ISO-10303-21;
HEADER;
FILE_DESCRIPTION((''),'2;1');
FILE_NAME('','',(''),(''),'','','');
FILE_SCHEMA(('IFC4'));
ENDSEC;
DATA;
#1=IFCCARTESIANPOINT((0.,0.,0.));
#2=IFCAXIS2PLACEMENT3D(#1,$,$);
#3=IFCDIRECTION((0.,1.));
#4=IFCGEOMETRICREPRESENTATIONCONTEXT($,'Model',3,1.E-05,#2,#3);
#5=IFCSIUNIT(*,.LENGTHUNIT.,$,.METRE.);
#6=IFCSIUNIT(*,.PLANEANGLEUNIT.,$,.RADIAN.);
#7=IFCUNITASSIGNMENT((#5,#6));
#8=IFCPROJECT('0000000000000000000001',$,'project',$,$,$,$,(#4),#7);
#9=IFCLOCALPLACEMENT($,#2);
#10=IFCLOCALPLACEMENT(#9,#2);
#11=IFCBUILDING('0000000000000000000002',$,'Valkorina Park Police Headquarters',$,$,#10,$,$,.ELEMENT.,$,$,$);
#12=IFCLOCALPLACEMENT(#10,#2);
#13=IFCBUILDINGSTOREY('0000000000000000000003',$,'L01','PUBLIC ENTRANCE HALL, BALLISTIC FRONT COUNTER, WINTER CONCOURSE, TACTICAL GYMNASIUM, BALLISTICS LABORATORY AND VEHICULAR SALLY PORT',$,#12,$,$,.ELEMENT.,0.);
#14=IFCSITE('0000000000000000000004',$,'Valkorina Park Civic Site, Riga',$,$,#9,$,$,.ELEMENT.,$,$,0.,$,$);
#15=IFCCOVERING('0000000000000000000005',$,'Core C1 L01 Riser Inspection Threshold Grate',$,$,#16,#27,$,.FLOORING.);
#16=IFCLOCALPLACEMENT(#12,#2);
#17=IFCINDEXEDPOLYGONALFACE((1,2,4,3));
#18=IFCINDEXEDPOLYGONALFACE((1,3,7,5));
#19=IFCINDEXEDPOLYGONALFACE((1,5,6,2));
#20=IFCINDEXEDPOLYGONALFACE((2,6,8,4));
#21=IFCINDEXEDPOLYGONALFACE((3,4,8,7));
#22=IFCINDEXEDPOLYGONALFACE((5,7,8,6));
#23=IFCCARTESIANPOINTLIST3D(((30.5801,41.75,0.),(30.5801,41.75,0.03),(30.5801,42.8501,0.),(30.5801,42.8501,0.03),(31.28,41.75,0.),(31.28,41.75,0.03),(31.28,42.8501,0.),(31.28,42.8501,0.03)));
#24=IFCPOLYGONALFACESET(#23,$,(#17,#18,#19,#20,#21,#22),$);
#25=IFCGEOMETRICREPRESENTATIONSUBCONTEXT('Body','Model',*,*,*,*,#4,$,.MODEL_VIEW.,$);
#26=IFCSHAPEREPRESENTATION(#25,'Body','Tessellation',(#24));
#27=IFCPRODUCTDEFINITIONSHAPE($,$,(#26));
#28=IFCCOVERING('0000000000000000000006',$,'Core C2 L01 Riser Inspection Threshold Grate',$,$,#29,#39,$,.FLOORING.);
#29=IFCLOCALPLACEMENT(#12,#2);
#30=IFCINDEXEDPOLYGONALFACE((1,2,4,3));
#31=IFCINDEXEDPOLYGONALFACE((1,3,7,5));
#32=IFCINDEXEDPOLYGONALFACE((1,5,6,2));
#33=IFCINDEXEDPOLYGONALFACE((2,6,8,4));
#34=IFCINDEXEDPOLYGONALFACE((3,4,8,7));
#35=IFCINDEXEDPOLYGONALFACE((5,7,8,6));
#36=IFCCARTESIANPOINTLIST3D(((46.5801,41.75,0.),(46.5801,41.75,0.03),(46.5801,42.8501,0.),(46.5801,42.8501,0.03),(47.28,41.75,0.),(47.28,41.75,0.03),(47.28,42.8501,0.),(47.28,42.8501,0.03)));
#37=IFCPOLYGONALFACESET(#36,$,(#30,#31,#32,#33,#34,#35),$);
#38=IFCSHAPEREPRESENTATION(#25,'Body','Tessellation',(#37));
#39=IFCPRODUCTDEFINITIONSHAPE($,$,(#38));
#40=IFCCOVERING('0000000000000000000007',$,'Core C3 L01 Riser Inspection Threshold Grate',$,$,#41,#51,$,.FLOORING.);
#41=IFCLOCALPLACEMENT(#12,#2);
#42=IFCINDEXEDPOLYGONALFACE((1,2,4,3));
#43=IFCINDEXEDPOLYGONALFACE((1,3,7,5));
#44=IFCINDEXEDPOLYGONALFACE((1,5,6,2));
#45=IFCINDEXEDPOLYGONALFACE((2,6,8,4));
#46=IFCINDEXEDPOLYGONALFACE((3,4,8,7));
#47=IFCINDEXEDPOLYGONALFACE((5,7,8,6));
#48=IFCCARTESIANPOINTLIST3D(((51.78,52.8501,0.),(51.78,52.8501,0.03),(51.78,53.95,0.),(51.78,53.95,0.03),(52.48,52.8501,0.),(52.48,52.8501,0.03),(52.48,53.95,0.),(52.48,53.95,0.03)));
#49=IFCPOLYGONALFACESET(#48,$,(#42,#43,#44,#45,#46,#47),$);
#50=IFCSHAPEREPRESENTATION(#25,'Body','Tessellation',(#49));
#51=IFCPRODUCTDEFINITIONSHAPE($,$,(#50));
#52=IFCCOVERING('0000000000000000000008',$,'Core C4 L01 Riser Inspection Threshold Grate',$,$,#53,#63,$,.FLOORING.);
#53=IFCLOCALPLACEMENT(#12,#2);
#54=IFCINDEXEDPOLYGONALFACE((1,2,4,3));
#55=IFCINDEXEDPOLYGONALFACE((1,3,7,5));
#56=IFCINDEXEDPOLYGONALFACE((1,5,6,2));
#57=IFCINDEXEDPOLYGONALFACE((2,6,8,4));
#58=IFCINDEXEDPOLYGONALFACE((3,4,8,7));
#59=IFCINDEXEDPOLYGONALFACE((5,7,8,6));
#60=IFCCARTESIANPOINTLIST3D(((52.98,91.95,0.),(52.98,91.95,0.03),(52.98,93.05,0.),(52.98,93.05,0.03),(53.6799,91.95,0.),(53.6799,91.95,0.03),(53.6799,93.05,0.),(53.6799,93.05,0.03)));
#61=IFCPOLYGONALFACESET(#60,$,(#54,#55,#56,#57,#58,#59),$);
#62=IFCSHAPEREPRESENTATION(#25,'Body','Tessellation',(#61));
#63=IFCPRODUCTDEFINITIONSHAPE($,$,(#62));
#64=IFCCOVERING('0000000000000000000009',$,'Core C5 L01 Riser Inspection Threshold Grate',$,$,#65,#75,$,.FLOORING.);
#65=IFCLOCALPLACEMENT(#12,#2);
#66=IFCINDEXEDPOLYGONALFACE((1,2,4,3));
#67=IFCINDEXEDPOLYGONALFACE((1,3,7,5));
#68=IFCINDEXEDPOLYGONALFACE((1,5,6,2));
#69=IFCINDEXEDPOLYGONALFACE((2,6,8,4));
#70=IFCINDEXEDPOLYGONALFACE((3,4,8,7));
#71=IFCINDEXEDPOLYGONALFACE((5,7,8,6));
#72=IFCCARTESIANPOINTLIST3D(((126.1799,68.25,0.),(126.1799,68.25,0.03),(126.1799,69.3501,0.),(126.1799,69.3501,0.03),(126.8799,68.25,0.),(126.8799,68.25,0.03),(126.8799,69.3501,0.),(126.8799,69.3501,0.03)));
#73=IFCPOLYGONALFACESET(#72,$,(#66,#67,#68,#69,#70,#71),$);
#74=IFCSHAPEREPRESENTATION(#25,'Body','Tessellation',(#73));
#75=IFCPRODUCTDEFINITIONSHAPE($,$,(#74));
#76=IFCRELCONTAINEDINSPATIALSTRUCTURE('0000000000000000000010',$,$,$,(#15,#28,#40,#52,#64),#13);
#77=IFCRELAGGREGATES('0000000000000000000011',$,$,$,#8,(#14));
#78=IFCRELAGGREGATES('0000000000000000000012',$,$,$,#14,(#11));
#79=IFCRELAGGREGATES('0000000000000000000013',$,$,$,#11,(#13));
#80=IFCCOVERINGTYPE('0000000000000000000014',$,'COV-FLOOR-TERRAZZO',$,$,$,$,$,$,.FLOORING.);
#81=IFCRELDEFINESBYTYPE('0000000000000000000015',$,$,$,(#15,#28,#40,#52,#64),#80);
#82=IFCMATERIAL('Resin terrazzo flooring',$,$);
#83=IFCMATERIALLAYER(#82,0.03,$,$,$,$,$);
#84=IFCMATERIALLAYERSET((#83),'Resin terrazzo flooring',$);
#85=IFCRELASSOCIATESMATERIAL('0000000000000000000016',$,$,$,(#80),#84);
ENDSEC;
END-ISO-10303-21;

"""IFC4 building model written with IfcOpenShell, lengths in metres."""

from ifc_helpers import new_model, si_unit, direction, origin, place, context, subcontext, project, spatial, polyline, outline, extrude, material, layer, layer_set, type_object, element, save


model = new_model("IFC4")

# Units and contexts
model_context = context("Model", 3, precision=1e-05, world=origin(), true_north=direction((0.0, 1.0)))
body_context = subcontext(model_context, "Body", "Model", "MODEL_VIEW")
ifc_project = project(units=[si_unit("LENGTHUNIT", "METRE"), si_unit("PLANEANGLEUNIT", "RADIAN")], contexts=[model_context])

# Site, building, storey
site_placement = place(None, origin())
site = spatial("IfcSite", under=ifc_project, at=site_placement, Name="Valkorina Park Civic Site, Riga", CompositionType="ELEMENT", RefElevation=0.0)
building_placement = place(site_placement, origin())
building = spatial("IfcBuilding", under=site, at=building_placement, Name="Valkorina Park Police Headquarters", CompositionType="ELEMENT")
storey_placement = place(building_placement, origin())
storey = spatial("IfcBuildingStorey", under=building, at=storey_placement, Name="L01", Description="PUBLIC ENTRANCE HALL, BALLISTIC FRONT COUNTER, WINTER CONCOURSE, TACTICAL GYMNASIUM, BALLISTICS LABORATORY AND VEHICULAR SALLY PORT", CompositionType="ELEMENT", Elevation=0.0)

# Coverings
ifc_material_1 = material(Name="Resin terrazzo flooring")
ifc_layer_1 = layer(ifc_material_1, 0.03)
ifc_layer_set_1 = layer_set([ifc_layer_1], Name="Resin terrazzo flooring")
covering_type_1 = type_object("IfcCoveringType", Name="COV-FLOOR-TERRAZZO", PredefinedType="FLOORING", material=ifc_layer_set_1)
covering_1_placement = place(storey_placement, origin())
element("IfcCovering", 1, at=covering_1_placement, inside=storey, type_object=covering_type_1, Name="Core C1 L01 Riser Inspection Threshold Grate", PredefinedType="FLOORING", context=body_context, shape_type="SweptSolid", body=[
    extrude(outline(polyline([(31.28, 41.75), (31.28, 42.8501), (30.5801, 42.8501), (30.5801, 41.75), (31.28, 41.75)])), origin(), (0.0, 0.0, 1.0), 0.03),
])
covering_2_placement = place(storey_placement, origin())
element("IfcCovering", 2, at=covering_2_placement, inside=storey, type_object=covering_type_1, Name="Core C2 L01 Riser Inspection Threshold Grate", PredefinedType="FLOORING", context=body_context, shape_type="SweptSolid", body=[
    extrude(outline(polyline([(47.28, 41.75), (47.28, 42.8501), (46.5801, 42.8501), (46.5801, 41.75), (47.28, 41.75)])), origin(), (0.0, 0.0, 1.0), 0.03),
])
covering_3_placement = place(storey_placement, origin())
element("IfcCovering", 3, at=covering_3_placement, inside=storey, type_object=covering_type_1, Name="Core C3 L01 Riser Inspection Threshold Grate", PredefinedType="FLOORING", context=body_context, shape_type="SweptSolid", body=[
    extrude(outline(polyline([(52.48, 52.8501), (52.48, 53.95), (51.78, 53.95), (51.78, 52.8501), (52.48, 52.8501)])), origin(), (0.0, 0.0, 1.0), 0.03),
])
covering_4_placement = place(storey_placement, origin())
element("IfcCovering", 4, at=covering_4_placement, inside=storey, type_object=covering_type_1, Name="Core C4 L01 Riser Inspection Threshold Grate", PredefinedType="FLOORING", context=body_context, shape_type="SweptSolid", body=[
    extrude(outline(polyline([(53.6799, 91.95), (53.6799, 93.05), (52.98, 93.05), (52.98, 91.95), (53.6799, 91.95)])), origin(), (0.0, 0.0, 1.0), 0.03),
])
covering_5_placement = place(storey_placement, origin())
element("IfcCovering", 5, at=covering_5_placement, inside=storey, type_object=covering_type_1, Name="Core C5 L01 Riser Inspection Threshold Grate", PredefinedType="FLOORING", context=body_context, shape_type="SweptSolid", body=[
    extrude(outline(polyline([(126.8799, 68.25), (126.8799, 69.3501), (126.1799, 69.3501), (126.1799, 68.25), (126.8799, 68.25)])), origin(), (0.0, 0.0, 1.0), 0.03),
])

save(model, "model.ifc")
